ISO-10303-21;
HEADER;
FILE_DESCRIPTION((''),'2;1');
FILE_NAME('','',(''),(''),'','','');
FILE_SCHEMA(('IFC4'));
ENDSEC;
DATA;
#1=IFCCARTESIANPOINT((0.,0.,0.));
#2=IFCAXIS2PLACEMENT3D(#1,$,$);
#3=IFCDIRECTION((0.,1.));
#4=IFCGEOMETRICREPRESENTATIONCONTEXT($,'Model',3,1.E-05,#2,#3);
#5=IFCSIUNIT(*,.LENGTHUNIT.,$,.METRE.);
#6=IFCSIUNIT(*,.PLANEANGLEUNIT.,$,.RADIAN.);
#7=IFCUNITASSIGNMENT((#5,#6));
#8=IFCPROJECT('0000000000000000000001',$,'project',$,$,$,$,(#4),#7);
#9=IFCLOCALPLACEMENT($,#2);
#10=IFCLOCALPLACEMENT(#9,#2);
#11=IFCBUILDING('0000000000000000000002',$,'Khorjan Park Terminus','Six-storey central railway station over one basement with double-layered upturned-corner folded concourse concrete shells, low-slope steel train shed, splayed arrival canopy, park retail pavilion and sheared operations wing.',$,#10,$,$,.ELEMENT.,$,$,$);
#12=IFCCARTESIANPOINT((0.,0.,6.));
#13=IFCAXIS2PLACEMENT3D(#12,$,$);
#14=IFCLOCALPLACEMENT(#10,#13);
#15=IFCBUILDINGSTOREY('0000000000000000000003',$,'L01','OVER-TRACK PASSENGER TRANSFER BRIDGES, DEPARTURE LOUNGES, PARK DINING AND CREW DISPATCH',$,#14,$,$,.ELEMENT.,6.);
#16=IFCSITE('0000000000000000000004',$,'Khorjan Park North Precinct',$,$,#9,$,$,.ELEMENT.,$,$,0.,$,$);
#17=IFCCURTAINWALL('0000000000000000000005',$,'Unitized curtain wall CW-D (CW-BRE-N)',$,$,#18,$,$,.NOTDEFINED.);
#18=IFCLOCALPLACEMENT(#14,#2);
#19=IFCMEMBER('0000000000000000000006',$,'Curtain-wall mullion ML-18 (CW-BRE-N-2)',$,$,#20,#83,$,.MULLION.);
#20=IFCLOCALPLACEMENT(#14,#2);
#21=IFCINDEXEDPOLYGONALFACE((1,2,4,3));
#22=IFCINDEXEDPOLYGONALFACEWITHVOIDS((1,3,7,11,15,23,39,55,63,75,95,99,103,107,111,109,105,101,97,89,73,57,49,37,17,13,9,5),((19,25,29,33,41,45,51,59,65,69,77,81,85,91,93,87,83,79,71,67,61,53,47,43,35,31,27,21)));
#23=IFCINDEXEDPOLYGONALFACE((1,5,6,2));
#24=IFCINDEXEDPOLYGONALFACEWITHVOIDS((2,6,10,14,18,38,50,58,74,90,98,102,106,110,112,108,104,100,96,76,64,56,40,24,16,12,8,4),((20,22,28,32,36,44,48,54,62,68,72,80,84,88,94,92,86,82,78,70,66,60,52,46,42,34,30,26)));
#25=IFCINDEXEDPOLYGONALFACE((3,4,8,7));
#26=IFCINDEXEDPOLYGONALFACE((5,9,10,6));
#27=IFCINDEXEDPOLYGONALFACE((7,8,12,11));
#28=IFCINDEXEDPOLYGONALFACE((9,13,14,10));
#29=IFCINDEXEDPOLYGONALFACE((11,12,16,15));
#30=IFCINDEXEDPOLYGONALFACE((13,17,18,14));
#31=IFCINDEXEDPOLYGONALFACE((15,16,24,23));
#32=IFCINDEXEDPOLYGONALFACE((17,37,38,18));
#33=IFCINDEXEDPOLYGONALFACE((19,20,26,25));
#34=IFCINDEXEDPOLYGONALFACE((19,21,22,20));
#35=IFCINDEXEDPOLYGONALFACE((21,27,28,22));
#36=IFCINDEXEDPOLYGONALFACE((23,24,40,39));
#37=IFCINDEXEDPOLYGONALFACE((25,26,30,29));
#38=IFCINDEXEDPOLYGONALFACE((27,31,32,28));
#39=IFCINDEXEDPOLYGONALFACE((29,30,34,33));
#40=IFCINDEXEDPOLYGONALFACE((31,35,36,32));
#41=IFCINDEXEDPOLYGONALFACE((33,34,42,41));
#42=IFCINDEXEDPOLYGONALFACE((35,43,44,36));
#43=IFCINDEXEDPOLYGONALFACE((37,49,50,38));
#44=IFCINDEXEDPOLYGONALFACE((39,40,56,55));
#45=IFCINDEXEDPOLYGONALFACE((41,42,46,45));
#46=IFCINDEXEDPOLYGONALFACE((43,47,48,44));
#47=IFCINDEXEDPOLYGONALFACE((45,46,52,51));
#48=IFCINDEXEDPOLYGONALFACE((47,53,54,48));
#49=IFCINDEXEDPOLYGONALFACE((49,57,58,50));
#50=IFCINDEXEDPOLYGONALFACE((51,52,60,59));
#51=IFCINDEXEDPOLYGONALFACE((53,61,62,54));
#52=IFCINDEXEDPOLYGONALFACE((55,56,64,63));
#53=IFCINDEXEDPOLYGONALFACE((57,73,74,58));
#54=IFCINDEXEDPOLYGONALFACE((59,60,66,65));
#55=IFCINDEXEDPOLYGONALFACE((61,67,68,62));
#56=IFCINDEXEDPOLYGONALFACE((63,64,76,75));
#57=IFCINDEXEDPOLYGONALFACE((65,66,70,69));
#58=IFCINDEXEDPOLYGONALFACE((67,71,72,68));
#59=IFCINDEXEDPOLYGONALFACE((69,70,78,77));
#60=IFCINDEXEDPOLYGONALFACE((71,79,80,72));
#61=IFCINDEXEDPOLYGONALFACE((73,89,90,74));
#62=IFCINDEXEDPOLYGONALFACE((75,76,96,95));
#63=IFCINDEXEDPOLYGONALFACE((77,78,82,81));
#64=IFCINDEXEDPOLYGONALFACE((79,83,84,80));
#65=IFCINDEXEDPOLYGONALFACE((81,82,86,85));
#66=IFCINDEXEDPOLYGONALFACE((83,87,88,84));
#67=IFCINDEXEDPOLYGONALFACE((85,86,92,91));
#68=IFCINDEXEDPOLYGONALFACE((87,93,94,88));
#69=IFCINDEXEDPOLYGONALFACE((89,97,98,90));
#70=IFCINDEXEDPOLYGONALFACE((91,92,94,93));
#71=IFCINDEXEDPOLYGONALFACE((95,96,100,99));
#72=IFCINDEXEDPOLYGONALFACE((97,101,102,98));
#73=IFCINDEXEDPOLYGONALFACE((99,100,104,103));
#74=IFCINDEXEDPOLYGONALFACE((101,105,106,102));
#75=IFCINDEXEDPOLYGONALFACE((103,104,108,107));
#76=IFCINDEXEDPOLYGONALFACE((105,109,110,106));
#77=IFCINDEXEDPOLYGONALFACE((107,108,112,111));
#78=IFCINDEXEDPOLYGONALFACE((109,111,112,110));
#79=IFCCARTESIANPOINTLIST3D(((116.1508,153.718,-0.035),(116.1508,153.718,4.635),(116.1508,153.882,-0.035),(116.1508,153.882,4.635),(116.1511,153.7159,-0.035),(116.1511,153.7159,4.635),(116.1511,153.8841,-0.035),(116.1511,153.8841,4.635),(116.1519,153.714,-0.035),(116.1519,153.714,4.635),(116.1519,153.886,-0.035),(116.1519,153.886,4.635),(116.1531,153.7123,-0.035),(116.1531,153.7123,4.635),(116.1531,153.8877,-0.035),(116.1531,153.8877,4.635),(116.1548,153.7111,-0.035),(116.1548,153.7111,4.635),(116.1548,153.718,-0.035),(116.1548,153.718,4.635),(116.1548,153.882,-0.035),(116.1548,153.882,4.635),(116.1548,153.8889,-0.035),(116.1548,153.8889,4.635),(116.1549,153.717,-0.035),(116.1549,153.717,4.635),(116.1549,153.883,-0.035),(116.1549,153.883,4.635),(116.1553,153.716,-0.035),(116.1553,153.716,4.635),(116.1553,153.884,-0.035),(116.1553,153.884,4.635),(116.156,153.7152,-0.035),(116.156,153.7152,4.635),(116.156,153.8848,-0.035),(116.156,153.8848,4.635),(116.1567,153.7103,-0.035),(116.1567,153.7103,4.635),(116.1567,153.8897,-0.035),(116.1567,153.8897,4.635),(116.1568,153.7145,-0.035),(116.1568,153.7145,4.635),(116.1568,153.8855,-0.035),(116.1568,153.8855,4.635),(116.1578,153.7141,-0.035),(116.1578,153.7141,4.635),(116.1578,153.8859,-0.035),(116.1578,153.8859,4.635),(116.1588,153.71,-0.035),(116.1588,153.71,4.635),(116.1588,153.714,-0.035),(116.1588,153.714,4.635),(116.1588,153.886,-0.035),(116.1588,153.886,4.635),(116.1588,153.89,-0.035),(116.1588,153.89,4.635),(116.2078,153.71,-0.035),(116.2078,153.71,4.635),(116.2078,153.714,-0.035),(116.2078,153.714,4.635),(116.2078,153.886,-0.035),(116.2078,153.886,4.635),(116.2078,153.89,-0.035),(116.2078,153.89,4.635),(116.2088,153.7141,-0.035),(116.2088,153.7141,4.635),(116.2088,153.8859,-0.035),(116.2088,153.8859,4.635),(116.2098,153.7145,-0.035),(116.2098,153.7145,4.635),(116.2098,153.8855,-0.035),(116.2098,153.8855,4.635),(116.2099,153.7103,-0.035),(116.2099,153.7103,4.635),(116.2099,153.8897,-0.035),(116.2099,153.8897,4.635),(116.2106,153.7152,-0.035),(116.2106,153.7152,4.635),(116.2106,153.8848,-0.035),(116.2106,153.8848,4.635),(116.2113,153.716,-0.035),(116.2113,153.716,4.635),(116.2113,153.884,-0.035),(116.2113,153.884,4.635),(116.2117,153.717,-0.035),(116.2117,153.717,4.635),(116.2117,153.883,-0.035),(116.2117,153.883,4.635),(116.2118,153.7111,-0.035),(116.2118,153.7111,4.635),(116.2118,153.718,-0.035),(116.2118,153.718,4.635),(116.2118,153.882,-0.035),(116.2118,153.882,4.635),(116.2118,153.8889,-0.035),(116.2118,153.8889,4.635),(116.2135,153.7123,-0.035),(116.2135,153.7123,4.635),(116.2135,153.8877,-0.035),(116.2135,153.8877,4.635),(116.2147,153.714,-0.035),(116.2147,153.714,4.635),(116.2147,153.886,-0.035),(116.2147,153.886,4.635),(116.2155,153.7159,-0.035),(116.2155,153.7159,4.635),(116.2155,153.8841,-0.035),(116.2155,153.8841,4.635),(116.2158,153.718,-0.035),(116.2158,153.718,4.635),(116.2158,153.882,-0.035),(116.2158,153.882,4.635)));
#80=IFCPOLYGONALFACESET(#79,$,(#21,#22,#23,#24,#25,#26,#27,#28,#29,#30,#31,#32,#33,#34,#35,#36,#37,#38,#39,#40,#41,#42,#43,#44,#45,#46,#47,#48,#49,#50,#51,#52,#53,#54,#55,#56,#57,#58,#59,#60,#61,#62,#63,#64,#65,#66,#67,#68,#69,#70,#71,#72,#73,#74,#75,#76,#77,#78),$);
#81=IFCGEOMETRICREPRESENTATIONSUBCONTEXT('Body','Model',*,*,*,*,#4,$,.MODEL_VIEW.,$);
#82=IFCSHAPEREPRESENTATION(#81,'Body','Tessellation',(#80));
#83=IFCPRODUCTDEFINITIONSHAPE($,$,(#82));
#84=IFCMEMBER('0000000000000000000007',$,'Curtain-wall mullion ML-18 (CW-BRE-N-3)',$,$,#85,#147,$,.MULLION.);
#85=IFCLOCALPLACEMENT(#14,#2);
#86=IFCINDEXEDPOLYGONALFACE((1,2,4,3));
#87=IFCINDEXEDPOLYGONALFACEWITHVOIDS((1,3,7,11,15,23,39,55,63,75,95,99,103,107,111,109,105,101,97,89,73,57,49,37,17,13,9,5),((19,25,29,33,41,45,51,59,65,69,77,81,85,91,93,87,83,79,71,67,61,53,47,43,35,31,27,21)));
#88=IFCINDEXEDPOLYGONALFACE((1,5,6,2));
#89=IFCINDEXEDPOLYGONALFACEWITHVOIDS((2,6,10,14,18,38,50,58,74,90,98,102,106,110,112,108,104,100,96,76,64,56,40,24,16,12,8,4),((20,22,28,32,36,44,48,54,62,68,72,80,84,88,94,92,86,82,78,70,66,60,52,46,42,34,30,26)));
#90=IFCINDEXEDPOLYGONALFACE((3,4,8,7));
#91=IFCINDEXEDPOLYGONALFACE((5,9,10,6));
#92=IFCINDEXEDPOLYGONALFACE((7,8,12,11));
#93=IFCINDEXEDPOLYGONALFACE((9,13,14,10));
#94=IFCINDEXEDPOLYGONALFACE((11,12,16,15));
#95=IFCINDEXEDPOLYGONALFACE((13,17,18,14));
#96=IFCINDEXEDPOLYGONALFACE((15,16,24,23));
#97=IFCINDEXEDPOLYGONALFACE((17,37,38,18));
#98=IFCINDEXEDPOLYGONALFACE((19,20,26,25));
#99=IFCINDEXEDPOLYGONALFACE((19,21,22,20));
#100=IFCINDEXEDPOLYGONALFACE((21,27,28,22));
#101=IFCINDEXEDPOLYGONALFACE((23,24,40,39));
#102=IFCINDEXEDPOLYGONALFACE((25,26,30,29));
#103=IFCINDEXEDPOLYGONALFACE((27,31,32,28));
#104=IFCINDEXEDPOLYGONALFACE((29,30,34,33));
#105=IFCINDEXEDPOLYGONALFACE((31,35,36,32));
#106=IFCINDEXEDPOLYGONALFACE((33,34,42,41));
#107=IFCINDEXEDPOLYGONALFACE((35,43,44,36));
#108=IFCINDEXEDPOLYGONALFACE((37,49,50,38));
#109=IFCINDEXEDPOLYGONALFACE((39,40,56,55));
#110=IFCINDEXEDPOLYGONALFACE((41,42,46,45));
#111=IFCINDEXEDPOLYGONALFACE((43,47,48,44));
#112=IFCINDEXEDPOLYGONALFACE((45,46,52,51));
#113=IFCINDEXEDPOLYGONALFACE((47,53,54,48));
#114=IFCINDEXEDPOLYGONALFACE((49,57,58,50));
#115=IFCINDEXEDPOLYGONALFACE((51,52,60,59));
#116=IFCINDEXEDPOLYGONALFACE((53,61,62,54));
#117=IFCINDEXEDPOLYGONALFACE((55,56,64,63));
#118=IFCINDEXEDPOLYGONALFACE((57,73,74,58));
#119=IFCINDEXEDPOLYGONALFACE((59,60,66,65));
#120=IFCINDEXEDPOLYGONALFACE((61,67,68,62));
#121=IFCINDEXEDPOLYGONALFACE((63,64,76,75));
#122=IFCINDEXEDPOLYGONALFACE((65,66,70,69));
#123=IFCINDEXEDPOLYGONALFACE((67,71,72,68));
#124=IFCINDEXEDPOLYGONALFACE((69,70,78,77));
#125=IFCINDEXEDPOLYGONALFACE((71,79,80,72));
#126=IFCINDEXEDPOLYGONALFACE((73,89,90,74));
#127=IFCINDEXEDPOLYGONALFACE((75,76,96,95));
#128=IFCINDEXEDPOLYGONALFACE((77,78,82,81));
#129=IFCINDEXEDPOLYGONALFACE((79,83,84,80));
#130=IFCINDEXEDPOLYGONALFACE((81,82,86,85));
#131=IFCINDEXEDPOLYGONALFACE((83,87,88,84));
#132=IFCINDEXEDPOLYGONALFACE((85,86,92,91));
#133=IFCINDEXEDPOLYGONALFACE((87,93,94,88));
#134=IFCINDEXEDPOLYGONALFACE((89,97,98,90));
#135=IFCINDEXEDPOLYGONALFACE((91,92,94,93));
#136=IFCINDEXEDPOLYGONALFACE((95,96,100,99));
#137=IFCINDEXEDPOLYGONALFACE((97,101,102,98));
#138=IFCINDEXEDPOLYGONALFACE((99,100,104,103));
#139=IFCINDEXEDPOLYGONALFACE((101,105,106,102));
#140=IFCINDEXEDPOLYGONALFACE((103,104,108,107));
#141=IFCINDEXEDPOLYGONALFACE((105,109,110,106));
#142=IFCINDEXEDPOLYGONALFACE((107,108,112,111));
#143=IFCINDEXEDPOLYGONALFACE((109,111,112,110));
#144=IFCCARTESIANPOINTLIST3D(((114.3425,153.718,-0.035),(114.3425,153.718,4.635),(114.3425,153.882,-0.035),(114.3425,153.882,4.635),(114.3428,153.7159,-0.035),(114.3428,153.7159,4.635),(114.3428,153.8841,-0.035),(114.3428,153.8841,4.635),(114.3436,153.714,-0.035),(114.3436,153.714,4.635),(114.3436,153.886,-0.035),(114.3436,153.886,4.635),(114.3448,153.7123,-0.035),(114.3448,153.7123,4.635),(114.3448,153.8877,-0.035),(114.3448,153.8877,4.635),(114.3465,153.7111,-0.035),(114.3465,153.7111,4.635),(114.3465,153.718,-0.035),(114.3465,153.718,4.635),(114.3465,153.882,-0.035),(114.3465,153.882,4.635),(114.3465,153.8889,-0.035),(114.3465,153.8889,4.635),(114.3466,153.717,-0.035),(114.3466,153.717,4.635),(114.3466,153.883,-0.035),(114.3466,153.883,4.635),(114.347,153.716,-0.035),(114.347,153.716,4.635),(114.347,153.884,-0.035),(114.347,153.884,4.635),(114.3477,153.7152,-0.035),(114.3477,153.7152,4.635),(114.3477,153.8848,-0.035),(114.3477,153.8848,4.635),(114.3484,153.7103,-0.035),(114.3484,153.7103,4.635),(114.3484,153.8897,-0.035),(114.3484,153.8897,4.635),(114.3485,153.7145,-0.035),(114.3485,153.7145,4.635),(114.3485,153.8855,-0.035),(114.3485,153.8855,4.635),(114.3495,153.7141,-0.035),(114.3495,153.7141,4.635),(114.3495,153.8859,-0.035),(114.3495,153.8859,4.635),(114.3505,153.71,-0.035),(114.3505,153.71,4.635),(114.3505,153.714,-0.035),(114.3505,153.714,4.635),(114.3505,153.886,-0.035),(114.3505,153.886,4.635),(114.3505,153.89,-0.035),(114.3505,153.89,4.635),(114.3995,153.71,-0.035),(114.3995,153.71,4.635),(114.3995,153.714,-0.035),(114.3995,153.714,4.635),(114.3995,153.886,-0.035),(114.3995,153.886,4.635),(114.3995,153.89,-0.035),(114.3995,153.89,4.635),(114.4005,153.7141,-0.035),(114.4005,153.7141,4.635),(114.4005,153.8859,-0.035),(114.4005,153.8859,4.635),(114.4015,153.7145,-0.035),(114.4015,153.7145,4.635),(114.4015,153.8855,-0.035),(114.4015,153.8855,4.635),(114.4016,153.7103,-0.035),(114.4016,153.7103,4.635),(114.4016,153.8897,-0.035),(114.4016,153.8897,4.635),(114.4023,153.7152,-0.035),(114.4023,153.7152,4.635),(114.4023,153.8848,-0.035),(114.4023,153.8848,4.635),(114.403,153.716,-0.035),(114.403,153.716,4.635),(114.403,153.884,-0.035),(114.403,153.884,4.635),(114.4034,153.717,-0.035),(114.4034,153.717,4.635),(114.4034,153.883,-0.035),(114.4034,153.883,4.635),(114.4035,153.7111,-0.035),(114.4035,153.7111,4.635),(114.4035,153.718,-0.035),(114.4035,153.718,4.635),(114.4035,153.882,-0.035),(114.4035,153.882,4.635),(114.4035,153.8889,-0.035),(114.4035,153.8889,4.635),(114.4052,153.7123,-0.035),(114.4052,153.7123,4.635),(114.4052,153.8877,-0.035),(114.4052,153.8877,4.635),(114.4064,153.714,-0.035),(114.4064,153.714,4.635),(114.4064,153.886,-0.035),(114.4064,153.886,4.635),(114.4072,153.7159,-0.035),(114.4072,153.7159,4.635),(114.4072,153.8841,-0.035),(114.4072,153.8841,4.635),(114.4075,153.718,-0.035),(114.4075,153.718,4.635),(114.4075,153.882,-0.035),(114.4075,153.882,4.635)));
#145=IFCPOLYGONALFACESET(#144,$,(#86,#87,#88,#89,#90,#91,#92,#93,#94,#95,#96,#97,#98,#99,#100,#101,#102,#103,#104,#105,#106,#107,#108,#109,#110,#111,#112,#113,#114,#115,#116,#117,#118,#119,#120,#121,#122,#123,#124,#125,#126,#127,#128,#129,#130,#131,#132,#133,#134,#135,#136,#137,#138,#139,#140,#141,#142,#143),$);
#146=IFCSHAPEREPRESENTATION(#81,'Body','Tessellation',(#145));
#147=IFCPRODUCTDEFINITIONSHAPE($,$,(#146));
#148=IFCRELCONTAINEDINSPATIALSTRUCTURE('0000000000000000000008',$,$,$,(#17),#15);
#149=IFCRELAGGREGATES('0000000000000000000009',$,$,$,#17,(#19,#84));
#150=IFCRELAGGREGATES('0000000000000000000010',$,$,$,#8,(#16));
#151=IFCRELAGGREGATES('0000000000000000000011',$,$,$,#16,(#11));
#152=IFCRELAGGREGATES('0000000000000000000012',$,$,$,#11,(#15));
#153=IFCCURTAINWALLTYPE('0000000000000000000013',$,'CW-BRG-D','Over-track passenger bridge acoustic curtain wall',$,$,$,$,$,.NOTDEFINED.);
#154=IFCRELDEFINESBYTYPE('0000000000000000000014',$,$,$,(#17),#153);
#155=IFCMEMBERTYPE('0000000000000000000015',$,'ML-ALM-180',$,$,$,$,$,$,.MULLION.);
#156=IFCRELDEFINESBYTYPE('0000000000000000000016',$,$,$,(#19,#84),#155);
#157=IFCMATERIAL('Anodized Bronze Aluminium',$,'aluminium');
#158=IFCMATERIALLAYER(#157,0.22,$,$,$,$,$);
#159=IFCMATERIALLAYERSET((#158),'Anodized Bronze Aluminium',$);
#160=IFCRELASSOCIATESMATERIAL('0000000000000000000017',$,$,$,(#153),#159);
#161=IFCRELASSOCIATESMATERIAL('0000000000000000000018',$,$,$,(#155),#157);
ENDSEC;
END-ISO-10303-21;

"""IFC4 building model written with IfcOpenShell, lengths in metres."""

from ifc_helpers import new_model, si_unit, direction, frame, origin, origin_2d, place, context, subcontext, project, spatial, hollow_rectangle, extrude, material, layer, layer_set, material_profile, profile_set, type_object, element, aggregate, save


model = new_model("IFC4")

# Units and contexts
model_context = context("Model", 3, precision=1e-05, world=origin(), true_north=direction((0.0, 1.0)))
body_context = subcontext(model_context, "Body", "Model", "MODEL_VIEW")
ifc_project = project(units=[si_unit("LENGTHUNIT", "METRE"), si_unit("PLANEANGLEUNIT", "RADIAN")], contexts=[model_context])

# Site, building, storey
site_placement = place(None, origin())
site = spatial("IfcSite", under=ifc_project, at=site_placement, Name="Khorjan Park North Precinct", CompositionType="ELEMENT", RefElevation=0.0)
building_placement = place(site_placement, origin())
building = spatial("IfcBuilding", under=site, at=building_placement, Name="Khorjan Park Terminus", Description="Six-storey central railway station over one basement with double-layered upturned-corner folded concourse concrete shells, low-slope steel train shed, splayed arrival canopy, park retail pavilion and sheared operations wing.", CompositionType="ELEMENT")
storey_placement = place(building_placement, frame((0.0, 0.0, 6.0)))
storey = spatial("IfcBuildingStorey", under=building, at=storey_placement, Name="L01", Description="OVER-TRACK PASSENGER TRANSFER BRIDGES, DEPARTURE LOUNGES, PARK DINING AND CREW DISPATCH", CompositionType="ELEMENT", Elevation=6.0)

# Curtain wall, members
ifc_material_1 = material(Name="Anodized Bronze Aluminium", Category="aluminium")
ifc_layer_1 = layer(ifc_material_1, 0.22)
ifc_layer_set_1 = layer_set([ifc_layer_1], Name="Anodized Bronze Aluminium")
curtain_wall_type = type_object("IfcCurtainWallType", Name="CW-BRG-D", Description="Over-track passenger bridge acoustic curtain wall", PredefinedType="NOTDEFINED", material=ifc_layer_set_1)
curtain_wall_placement = place(storey_placement, origin())
curtain_wall = element("IfcCurtainWall", 1, at=curtain_wall_placement, inside=storey, type_object=curtain_wall_type, Name="Unitized curtain wall CW-D (CW-BRE-N)", PredefinedType="NOTDEFINED")
ifc_material_profile_1 = material_profile(ifc_material_1, hollow_rectangle(XDim=0.065, YDim=0.18, WallThickness=0.004, InnerFilletRadius=0.004, OuterFilletRadius=0.008, at=origin_2d()), Name="ALM 65x180x4")
ifc_profile_set_1 = profile_set([ifc_material_profile_1], Name="Anodized Bronze Aluminium")
member_type_1 = type_object("IfcMemberType", Name="ML-ALM-180", PredefinedType="MULLION", material=ifc_profile_set_1)
member_1_placement = place(storey_placement, frame((116.1833, 153.8, -0.035), z_axis=(0.0, 0.0, 1.0), x_axis=(-1.0, 0.0, 0.0)))
member_1 = element("IfcMember", 2, at=member_1_placement, type_object=member_type_1, Name="Curtain-wall mullion ML-18 (CW-BRE-N-2)", PredefinedType="MULLION", context=body_context, shape_type="SweptSolid", body=[
    extrude(hollow_rectangle(XDim=0.065, YDim=0.18, WallThickness=0.004, InnerFilletRadius=0.004, OuterFilletRadius=0.008, at=origin_2d()), origin(), (0.0, 0.0, 1.0), 4.67),
])
member_2_placement = place(storey_placement, frame((114.375, 153.8, -0.035), z_axis=(0.0, 0.0, 1.0), x_axis=(-1.0, 0.0, 0.0)))
member_2 = element("IfcMember", 3, at=member_2_placement, type_object=member_type_1, Name="Curtain-wall mullion ML-18 (CW-BRE-N-3)", PredefinedType="MULLION", context=body_context, shape_type="SweptSolid", body=[
    extrude(hollow_rectangle(XDim=0.065, YDim=0.18, WallThickness=0.004, InnerFilletRadius=0.004, OuterFilletRadius=0.008, at=origin_2d()), origin(), (0.0, 0.0, 1.0), 4.67),
])
aggregate(curtain_wall, [member_1, member_2])

save(model, "model.ifc")
